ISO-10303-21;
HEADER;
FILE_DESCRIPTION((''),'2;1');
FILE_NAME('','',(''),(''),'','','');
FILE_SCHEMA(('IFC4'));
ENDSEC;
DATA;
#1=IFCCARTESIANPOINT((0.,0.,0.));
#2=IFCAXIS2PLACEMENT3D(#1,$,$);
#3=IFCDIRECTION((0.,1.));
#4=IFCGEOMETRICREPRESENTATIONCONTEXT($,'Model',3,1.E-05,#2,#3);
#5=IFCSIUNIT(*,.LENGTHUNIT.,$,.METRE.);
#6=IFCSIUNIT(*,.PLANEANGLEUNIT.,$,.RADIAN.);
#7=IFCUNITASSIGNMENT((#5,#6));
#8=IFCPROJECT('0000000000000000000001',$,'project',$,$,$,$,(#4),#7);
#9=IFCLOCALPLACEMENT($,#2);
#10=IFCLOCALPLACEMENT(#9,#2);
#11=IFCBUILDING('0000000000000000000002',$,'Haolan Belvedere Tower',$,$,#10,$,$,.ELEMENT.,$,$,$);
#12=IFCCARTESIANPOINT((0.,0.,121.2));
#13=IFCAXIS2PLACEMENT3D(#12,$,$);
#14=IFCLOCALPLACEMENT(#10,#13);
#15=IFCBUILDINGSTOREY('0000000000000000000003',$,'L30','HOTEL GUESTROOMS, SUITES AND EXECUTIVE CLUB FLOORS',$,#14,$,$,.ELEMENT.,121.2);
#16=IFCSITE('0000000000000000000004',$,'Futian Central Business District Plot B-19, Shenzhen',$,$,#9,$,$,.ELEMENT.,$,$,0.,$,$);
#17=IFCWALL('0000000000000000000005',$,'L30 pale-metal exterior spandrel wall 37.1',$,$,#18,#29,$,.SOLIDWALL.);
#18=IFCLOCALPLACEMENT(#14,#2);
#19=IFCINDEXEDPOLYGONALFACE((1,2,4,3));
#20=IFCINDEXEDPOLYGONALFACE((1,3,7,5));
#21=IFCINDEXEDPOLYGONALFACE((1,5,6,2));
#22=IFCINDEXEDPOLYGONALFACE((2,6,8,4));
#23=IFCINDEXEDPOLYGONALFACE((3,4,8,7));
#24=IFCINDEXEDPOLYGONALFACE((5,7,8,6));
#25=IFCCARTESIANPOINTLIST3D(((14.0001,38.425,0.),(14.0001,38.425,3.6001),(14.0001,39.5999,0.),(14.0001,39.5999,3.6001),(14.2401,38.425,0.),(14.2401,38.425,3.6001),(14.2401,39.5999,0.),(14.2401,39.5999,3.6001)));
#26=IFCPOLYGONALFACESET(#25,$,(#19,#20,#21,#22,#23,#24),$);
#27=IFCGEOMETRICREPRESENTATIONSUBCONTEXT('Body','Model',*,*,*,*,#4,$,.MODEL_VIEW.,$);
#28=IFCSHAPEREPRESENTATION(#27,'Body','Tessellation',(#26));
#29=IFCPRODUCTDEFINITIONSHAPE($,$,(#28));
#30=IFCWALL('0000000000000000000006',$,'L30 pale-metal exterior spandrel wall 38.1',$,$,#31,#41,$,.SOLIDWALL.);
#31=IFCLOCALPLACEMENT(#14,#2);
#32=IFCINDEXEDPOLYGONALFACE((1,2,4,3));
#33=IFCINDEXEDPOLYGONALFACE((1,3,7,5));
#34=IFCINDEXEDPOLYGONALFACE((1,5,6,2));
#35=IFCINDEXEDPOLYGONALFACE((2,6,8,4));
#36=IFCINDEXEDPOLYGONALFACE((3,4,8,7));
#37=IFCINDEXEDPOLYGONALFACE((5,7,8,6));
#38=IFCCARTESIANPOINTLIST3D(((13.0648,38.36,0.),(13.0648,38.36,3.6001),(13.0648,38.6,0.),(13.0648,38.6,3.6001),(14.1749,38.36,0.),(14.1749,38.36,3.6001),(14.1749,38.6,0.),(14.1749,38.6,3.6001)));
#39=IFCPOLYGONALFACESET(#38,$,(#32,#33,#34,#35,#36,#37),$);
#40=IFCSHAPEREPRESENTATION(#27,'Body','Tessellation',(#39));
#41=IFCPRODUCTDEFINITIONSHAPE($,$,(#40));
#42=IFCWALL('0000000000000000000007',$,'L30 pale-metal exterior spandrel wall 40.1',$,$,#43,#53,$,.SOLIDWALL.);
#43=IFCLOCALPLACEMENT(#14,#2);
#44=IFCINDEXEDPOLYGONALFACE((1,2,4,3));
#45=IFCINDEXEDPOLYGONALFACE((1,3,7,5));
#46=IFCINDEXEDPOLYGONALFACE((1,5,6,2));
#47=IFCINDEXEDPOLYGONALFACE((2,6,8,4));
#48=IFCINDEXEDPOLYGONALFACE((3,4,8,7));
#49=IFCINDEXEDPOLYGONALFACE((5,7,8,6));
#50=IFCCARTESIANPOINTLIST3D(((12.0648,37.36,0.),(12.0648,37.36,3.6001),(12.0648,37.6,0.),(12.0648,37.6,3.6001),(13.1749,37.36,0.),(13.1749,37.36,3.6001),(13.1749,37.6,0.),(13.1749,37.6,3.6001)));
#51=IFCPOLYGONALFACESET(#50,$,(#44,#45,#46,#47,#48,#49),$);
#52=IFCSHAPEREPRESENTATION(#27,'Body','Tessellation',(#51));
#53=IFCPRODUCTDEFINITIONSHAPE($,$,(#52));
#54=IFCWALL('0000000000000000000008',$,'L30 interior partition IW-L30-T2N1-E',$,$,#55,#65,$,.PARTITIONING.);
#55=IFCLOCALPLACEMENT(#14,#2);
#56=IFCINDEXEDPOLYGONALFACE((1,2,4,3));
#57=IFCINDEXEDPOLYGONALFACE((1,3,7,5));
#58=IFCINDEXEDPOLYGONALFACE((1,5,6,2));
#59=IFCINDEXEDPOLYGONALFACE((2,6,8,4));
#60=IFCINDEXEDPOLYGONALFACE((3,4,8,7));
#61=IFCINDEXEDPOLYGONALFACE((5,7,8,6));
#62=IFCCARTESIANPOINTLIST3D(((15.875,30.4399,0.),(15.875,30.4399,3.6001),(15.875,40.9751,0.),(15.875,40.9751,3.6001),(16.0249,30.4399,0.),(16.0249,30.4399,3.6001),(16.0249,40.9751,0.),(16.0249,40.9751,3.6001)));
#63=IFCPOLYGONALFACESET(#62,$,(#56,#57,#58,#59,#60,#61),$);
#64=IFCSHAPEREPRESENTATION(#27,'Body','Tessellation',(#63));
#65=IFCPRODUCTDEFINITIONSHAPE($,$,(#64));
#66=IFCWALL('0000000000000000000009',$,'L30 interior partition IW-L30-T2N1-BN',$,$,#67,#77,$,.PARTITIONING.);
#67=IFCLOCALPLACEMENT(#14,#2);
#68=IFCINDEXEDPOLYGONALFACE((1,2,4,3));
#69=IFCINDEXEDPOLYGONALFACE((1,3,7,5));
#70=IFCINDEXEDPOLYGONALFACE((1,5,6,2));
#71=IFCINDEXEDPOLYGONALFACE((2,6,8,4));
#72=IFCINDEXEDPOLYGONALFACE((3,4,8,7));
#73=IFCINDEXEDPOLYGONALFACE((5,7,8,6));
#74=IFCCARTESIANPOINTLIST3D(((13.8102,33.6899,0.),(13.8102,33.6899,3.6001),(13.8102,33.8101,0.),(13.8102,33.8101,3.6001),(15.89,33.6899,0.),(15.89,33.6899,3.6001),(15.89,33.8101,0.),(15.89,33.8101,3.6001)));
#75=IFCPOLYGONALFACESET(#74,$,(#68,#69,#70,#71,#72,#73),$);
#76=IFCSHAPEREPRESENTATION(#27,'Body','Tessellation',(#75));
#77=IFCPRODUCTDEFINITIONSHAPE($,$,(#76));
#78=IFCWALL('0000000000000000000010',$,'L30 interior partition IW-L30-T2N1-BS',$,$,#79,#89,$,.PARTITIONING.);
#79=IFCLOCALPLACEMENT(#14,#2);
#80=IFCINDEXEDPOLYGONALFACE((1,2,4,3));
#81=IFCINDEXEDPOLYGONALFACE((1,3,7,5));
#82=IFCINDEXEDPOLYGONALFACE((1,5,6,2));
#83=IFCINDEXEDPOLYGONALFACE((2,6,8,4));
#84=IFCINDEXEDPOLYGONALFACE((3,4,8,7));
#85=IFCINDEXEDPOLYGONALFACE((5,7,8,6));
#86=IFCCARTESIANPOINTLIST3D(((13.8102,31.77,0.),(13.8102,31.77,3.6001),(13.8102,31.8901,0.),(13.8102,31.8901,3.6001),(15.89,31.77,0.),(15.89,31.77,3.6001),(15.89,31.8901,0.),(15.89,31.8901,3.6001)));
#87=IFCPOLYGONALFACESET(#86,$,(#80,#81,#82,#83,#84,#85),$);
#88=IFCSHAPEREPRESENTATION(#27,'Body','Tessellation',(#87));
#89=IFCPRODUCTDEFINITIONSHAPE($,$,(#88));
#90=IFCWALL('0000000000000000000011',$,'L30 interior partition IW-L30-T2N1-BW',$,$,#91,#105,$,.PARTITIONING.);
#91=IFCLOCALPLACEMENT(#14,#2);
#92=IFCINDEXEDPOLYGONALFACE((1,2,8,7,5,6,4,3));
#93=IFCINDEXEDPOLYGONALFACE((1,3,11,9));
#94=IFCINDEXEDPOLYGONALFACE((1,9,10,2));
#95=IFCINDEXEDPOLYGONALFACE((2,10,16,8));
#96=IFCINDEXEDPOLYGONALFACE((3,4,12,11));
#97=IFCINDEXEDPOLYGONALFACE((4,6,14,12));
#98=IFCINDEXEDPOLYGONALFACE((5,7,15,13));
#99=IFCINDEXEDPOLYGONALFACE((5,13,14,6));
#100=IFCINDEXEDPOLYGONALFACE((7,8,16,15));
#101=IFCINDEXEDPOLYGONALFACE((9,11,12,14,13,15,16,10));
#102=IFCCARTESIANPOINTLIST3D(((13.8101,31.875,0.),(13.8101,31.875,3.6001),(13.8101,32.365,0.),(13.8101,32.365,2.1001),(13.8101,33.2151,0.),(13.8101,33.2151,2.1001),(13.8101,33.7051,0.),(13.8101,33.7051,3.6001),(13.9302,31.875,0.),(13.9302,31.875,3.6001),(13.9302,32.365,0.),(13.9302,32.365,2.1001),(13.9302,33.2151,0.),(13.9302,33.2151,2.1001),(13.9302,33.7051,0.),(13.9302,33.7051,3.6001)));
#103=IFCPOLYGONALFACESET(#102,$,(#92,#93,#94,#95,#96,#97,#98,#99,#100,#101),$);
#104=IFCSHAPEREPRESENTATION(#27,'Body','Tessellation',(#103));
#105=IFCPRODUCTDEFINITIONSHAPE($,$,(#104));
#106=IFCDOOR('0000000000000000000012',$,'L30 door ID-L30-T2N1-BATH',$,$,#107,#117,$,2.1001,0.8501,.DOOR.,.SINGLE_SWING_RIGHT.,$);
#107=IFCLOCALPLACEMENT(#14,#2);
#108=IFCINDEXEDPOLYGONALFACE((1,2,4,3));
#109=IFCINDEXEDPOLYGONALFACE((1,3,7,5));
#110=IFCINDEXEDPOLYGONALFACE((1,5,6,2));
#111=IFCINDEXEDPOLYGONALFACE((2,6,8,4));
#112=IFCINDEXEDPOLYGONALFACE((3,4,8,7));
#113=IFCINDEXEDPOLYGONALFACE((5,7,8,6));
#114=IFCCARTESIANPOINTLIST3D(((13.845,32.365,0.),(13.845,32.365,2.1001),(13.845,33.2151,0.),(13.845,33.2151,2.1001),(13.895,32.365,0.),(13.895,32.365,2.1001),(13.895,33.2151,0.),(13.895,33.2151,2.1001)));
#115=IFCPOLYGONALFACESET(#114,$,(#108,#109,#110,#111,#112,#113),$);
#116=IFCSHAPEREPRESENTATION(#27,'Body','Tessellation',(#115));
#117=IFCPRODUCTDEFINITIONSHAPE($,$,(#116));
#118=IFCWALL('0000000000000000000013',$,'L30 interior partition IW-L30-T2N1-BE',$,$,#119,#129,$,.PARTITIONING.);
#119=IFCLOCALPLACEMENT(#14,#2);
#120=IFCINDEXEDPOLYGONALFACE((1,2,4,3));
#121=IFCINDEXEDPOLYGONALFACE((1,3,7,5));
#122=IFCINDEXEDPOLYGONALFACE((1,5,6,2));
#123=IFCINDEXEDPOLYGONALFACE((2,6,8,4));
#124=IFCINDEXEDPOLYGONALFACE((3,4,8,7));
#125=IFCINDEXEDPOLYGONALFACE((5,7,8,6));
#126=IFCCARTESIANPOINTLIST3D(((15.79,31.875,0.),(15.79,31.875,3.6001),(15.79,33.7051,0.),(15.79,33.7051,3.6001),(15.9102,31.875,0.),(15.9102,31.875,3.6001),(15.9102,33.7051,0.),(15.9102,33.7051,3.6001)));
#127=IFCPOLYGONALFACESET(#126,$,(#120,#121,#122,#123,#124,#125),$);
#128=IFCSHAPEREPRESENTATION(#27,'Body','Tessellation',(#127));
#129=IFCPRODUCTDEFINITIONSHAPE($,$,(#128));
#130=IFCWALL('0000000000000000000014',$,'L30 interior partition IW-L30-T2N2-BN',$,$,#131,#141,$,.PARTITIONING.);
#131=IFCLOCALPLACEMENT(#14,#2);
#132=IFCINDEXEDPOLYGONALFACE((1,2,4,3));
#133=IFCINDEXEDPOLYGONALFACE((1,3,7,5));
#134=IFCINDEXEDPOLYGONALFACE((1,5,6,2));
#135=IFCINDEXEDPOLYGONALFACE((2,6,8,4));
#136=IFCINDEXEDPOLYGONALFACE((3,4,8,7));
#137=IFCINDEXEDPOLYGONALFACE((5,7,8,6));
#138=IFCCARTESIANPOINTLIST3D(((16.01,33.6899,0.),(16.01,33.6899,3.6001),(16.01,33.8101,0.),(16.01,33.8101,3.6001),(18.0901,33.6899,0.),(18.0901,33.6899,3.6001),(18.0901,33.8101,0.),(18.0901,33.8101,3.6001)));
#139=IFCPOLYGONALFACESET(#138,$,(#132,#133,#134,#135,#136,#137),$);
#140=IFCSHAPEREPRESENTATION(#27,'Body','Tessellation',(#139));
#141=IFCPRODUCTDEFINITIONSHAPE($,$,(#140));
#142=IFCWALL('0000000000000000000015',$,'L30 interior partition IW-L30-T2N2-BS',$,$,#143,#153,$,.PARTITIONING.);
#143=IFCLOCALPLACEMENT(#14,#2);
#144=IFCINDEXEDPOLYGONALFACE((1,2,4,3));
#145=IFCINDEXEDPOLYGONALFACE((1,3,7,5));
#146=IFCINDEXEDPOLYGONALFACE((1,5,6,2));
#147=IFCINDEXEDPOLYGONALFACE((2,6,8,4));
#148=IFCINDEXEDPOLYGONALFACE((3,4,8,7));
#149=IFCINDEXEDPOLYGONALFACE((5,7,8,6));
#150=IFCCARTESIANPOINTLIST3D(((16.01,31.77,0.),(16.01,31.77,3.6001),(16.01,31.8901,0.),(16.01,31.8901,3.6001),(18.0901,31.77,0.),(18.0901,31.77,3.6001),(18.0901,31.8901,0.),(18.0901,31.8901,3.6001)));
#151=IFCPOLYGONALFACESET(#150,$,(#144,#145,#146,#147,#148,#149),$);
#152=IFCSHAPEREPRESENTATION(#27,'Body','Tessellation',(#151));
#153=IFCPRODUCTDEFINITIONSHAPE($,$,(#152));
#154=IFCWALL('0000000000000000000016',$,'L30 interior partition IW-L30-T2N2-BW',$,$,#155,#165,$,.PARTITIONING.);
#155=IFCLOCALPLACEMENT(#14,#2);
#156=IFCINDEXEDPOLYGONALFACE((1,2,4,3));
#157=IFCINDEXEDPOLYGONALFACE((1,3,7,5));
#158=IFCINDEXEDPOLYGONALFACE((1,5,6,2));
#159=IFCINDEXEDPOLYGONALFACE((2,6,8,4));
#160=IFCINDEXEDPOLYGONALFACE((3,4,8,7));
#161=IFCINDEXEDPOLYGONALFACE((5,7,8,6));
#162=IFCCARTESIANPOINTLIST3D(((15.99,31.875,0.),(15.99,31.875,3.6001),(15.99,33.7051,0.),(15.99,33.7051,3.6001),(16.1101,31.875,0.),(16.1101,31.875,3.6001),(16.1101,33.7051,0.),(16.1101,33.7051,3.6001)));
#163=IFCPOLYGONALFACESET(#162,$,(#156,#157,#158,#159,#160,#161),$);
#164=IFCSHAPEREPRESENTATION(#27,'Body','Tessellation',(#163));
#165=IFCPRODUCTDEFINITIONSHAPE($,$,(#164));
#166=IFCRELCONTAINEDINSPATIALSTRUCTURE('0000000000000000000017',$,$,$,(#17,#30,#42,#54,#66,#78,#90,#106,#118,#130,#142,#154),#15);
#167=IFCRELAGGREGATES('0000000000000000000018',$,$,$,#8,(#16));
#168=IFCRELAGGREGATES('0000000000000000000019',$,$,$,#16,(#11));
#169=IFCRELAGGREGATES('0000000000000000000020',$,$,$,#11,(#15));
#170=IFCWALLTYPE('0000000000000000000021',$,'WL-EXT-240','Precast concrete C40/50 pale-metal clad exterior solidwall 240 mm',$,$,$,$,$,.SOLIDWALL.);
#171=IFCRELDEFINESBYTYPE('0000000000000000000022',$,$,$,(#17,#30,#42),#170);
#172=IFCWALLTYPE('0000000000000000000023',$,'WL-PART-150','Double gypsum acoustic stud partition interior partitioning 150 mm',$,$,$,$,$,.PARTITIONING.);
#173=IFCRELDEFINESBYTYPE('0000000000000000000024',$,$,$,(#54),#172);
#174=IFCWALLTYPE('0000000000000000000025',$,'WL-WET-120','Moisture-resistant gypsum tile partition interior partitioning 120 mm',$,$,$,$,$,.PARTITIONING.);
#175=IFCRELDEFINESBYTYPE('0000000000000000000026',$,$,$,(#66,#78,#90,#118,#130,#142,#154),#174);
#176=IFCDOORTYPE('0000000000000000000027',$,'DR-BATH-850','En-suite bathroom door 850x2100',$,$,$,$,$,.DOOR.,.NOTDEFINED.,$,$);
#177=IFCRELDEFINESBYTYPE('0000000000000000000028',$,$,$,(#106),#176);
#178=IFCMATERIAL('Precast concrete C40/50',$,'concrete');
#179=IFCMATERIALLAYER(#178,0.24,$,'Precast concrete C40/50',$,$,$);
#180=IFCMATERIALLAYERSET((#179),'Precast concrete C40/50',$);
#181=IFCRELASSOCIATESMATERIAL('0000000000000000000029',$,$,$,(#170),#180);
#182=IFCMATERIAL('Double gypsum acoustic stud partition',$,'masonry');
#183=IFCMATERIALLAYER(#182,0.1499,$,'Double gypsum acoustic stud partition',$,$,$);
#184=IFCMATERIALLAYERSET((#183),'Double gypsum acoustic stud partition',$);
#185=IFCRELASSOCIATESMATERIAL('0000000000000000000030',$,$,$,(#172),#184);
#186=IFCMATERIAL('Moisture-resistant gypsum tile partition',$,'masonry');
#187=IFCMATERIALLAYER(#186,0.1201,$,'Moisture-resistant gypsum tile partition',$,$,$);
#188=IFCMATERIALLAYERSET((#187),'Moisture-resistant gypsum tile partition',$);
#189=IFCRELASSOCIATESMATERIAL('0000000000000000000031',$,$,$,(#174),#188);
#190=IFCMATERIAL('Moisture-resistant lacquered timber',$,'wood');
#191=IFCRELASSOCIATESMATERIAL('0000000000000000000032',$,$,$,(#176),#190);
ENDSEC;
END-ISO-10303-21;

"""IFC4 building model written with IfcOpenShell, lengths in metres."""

from ifc_helpers import new_model, si_unit, direction, frame, frame_2d, origin, place, context, subcontext, project, spatial, rectangle, extrude, material, layer, layer_set, type_object, element, fill, save


model = new_model("IFC4")

# Units and contexts
model_context = context("Model", 3, precision=1e-05, world=origin(), true_north=direction((0.0, 1.0)))
body_context = subcontext(model_context, "Body", "Model", "MODEL_VIEW")
ifc_project = project(units=[si_unit("LENGTHUNIT", "METRE"), si_unit("PLANEANGLEUNIT", "RADIAN")], contexts=[model_context])

# Site, building, storey
site_placement = place(None, origin())
site = spatial("IfcSite", under=ifc_project, at=site_placement, Name="Futian Central Business District Plot B-19, Shenzhen", CompositionType="ELEMENT", RefElevation=0.0)
building_placement = place(site_placement, origin())
building = spatial("IfcBuilding", under=site, at=building_placement, Name="Haolan Belvedere Tower", CompositionType="ELEMENT")
storey_placement = place(building_placement, frame((0.0, 0.0, 121.2)))
storey = spatial("IfcBuildingStorey", under=building, at=storey_placement, Name="L30", Description="HOTEL GUESTROOMS, SUITES AND EXECUTIVE CLUB FLOORS", CompositionType="ELEMENT", Elevation=121.2)

# Walls
ifc_material_1 = material(Name="Precast concrete C40/50", Category="concrete")
ifc_layer_1 = layer(ifc_material_1, 0.24, Name="Precast concrete C40/50")
ifc_layer_set_1 = layer_set([ifc_layer_1], Name="Precast concrete C40/50")
wall_type_1 = type_object("IfcWallType", Name="WL-EXT-240", Description="Precast concrete C40/50 pale-metal clad exterior solidwall 240 mm", PredefinedType="SOLIDWALL", material=ifc_layer_set_1)
wall_1_placement = place(storey_placement, frame((14.1201, 39.5999, 0.0), z_axis=(0.0, 0.0, 1.0), x_axis=(0.0, -1.0, 0.0)))
element("IfcWall", 1, at=wall_1_placement, inside=storey, type_object=wall_type_1, Name="L30 pale-metal exterior spandrel wall 37.1", PredefinedType="SOLIDWALL", context=body_context, shape_type="SweptSolid", body=[
    extrude(rectangle(XDim=1.1748, YDim=0.24, at=frame_2d((0.5874, 0.0))), origin(), (0.0, 0.0, 1.0), 3.6001),
])
for number, where, z_axis, x_axis, name in (
    (2, (14.175, 38.48, 0.0), (0.0, 0.0, 1.0), (-1.0, 0.0, 0.0), "L30 pale-metal exterior spandrel wall 38.1"),
    (3, (13.175, 37.48, 0.0), (0.0, 0.0, 1.0), (-1.0, 0.0, 0.0), "L30 pale-metal exterior spandrel wall 40.1"),
):
    element("IfcWall", number, at=place(storey_placement, frame(where, z_axis=z_axis, x_axis=x_axis)), inside=storey, type_object=wall_type_1, Name=name, PredefinedType="SOLIDWALL", context=body_context, shape_type="SweptSolid", body=[
        extrude(rectangle(XDim=1.1101, YDim=0.24, at=frame_2d((0.5552, 0.0))), origin(), (0.0, 0.0, 1.0), 3.6001),
    ])
ifc_material_2 = material(Name="Double gypsum acoustic stud partition", Category="masonry")
ifc_layer_2 = layer(ifc_material_2, 0.1499, Name="Double gypsum acoustic stud partition")
ifc_layer_set_2 = layer_set([ifc_layer_2], Name="Double gypsum acoustic stud partition")
wall_type_2 = type_object("IfcWallType", Name="WL-PART-150", Description="Double gypsum acoustic stud partition interior partitioning 150 mm", PredefinedType="PARTITIONING", material=ifc_layer_set_2)
wall_2_placement = place(storey_placement, frame((15.95, 30.4399, 0.0), z_axis=(0.0, 0.0, 1.0), x_axis=(0.0, 1.0, 0.0)))
element("IfcWall", 4, at=wall_2_placement, inside=storey, type_object=wall_type_2, Name="L30 interior partition IW-L30-T2N1-E", PredefinedType="PARTITIONING", context=body_context, shape_type="SweptSolid", body=[
    extrude(rectangle(XDim=10.5352, YDim=0.1499, at=frame_2d((5.2676, 0.0))), origin(), (0.0, 0.0, 1.0), 3.6001),
])
ifc_material_3 = material(Name="Moisture-resistant gypsum tile partition", Category="masonry")
ifc_layer_3 = layer(ifc_material_3, 0.1201, Name="Moisture-resistant gypsum tile partition")
ifc_layer_set_3 = layer_set([ifc_layer_3], Name="Moisture-resistant gypsum tile partition")
wall_type_3 = type_object("IfcWallType", Name="WL-WET-120", Description="Moisture-resistant gypsum tile partition interior partitioning 120 mm", PredefinedType="PARTITIONING", material=ifc_layer_set_3)
for number, where, z_axis, x_axis, name in (
    (5, (13.8101, 33.75, 0.0), (0.0, 0.0, 1.0), (1.0, 0.0, 0.0), "L30 interior partition IW-L30-T2N1-BN"),
    (6, (13.8101, 31.8301, 0.0), (0.0, 0.0, 1.0), (1.0, 0.0, 0.0), "L30 interior partition IW-L30-T2N1-BS"),
):
    element("IfcWall", number, at=place(storey_placement, frame(where, z_axis=z_axis, x_axis=x_axis)), inside=storey, type_object=wall_type_3, Name=name, PredefinedType="PARTITIONING", context=body_context, shape_type="SweptSolid", body=[
        extrude(rectangle(XDim=2.0798, YDim=0.1201, at=frame_2d((1.04, 0.0))), origin(), (0.0, 0.0, 1.0), 3.6001),
    ])

# Wall, opening, door
wall_3_placement = place(storey_placement, frame((13.8701, 31.875, 0.0), z_axis=(0.0, 0.0, 1.0), x_axis=(0.0, 1.0, 0.0)))
wall_3 = element("IfcWall", 7, at=wall_3_placement, inside=storey, type_object=wall_type_3, Name="L30 interior partition IW-L30-T2N1-BW", PredefinedType="PARTITIONING", context=body_context, shape_type="SweptSolid", body=[
    extrude(rectangle(XDim=1.8301, YDim=0.1201, at=frame_2d((0.915, 0.0))), origin(), (0.0, 0.0, 1.0), 3.6001),
])
opening_placement = place(wall_3_placement, frame((1.3401, 0.0, 0.0), z_axis=(0.0, 0.0, 1.0), x_axis=(-1.0, 0.0, 0.0)))
opening = element("IfcOpeningElement", 8, at=opening_placement, cuts=wall_3, PredefinedType="OPENING", context=body_context, shape_type="SweptSolid", body=[
    extrude(rectangle(XDim=0.8501, YDim=2.1001, at=frame_2d((0.425, 1.05))), frame((0.0, 0.0701, 0.0), z_axis=(0.0, -1.0, 0.0), x_axis=(1.0, 0.0, 0.0)), (0.0, 0.0, 1.0), 0.1401),
])
ifc_material_4 = material(Name="Moisture-resistant lacquered timber", Category="wood")
door_type = type_object("IfcDoorType", Name="DR-BATH-850", Description="En-suite bathroom door 850x2100", OperationType="NOTDEFINED", PredefinedType="DOOR", material=ifc_material_4)
door_placement = place(opening_placement, origin())
door = element("IfcDoor", 9, at=door_placement, inside=storey, type_object=door_type, Name="L30 door ID-L30-T2N1-BATH", OperationType="SINGLE_SWING_RIGHT", OverallHeight=2.1001, OverallWidth=0.8501, PredefinedType="DOOR", context=body_context, shape_type="SweptSolid", body=[
    extrude(rectangle(XDim=0.8501, YDim=2.1001, at=frame_2d((0.425, 1.05))), frame((0.0, 0.0249, 0.0), z_axis=(0.0, -1.0, 0.0), x_axis=(1.0, 0.0, 0.0)), (0.0, 0.0, 1.0), 0.05),
])
fill(opening, door)

# Walls
wall_4_placement = place(storey_placement, frame((15.8501, 31.875, 0.0), z_axis=(0.0, 0.0, 1.0), x_axis=(0.0, 1.0, 0.0)))
element("IfcWall", 10, at=wall_4_placement, inside=storey, type_object=wall_type_3, Name="L30 interior partition IW-L30-T2N1-BE", PredefinedType="PARTITIONING", context=body_context, shape_type="SweptSolid", body=[
    extrude(rectangle(XDim=1.8301, YDim=0.1201, at=frame_2d((0.915, 0.0))), origin(), (0.0, 0.0, 1.0), 3.6001),
])
for number, where, z_axis, x_axis, name in (
    (11, (16.01, 33.75, 0.0), (0.0, 0.0, 1.0), (1.0, 0.0, 0.0), "L30 interior partition IW-L30-T2N2-BN"),
    (12, (16.01, 31.8301, 0.0), (0.0, 0.0, 1.0), (1.0, 0.0, 0.0), "L30 interior partition IW-L30-T2N2-BS"),
):
    element("IfcWall", number, at=place(storey_placement, frame(where, z_axis=z_axis, x_axis=x_axis)), inside=storey, type_object=wall_type_3, Name=name, PredefinedType="PARTITIONING", context=body_context, shape_type="SweptSolid", body=[
        extrude(rectangle(XDim=2.0801, YDim=0.1201, at=frame_2d((1.04, 0.0))), origin(), (0.0, 0.0, 1.0), 3.6001),
    ])
wall_5_placement = place(storey_placement, frame((16.05, 31.875, 0.0), z_axis=(0.0, 0.0, 1.0), x_axis=(0.0, 1.0, 0.0)))
element("IfcWall", 13, at=wall_5_placement, inside=storey, type_object=wall_type_3, Name="L30 interior partition IW-L30-T2N2-BW", PredefinedType="PARTITIONING", context=body_context, shape_type="SweptSolid", body=[
    extrude(rectangle(XDim=1.8301, YDim=0.1201, at=frame_2d((0.915, 0.0))), origin(), (0.0, 0.0, 1.0), 3.6001),
])

save(model, "model.ifc")
